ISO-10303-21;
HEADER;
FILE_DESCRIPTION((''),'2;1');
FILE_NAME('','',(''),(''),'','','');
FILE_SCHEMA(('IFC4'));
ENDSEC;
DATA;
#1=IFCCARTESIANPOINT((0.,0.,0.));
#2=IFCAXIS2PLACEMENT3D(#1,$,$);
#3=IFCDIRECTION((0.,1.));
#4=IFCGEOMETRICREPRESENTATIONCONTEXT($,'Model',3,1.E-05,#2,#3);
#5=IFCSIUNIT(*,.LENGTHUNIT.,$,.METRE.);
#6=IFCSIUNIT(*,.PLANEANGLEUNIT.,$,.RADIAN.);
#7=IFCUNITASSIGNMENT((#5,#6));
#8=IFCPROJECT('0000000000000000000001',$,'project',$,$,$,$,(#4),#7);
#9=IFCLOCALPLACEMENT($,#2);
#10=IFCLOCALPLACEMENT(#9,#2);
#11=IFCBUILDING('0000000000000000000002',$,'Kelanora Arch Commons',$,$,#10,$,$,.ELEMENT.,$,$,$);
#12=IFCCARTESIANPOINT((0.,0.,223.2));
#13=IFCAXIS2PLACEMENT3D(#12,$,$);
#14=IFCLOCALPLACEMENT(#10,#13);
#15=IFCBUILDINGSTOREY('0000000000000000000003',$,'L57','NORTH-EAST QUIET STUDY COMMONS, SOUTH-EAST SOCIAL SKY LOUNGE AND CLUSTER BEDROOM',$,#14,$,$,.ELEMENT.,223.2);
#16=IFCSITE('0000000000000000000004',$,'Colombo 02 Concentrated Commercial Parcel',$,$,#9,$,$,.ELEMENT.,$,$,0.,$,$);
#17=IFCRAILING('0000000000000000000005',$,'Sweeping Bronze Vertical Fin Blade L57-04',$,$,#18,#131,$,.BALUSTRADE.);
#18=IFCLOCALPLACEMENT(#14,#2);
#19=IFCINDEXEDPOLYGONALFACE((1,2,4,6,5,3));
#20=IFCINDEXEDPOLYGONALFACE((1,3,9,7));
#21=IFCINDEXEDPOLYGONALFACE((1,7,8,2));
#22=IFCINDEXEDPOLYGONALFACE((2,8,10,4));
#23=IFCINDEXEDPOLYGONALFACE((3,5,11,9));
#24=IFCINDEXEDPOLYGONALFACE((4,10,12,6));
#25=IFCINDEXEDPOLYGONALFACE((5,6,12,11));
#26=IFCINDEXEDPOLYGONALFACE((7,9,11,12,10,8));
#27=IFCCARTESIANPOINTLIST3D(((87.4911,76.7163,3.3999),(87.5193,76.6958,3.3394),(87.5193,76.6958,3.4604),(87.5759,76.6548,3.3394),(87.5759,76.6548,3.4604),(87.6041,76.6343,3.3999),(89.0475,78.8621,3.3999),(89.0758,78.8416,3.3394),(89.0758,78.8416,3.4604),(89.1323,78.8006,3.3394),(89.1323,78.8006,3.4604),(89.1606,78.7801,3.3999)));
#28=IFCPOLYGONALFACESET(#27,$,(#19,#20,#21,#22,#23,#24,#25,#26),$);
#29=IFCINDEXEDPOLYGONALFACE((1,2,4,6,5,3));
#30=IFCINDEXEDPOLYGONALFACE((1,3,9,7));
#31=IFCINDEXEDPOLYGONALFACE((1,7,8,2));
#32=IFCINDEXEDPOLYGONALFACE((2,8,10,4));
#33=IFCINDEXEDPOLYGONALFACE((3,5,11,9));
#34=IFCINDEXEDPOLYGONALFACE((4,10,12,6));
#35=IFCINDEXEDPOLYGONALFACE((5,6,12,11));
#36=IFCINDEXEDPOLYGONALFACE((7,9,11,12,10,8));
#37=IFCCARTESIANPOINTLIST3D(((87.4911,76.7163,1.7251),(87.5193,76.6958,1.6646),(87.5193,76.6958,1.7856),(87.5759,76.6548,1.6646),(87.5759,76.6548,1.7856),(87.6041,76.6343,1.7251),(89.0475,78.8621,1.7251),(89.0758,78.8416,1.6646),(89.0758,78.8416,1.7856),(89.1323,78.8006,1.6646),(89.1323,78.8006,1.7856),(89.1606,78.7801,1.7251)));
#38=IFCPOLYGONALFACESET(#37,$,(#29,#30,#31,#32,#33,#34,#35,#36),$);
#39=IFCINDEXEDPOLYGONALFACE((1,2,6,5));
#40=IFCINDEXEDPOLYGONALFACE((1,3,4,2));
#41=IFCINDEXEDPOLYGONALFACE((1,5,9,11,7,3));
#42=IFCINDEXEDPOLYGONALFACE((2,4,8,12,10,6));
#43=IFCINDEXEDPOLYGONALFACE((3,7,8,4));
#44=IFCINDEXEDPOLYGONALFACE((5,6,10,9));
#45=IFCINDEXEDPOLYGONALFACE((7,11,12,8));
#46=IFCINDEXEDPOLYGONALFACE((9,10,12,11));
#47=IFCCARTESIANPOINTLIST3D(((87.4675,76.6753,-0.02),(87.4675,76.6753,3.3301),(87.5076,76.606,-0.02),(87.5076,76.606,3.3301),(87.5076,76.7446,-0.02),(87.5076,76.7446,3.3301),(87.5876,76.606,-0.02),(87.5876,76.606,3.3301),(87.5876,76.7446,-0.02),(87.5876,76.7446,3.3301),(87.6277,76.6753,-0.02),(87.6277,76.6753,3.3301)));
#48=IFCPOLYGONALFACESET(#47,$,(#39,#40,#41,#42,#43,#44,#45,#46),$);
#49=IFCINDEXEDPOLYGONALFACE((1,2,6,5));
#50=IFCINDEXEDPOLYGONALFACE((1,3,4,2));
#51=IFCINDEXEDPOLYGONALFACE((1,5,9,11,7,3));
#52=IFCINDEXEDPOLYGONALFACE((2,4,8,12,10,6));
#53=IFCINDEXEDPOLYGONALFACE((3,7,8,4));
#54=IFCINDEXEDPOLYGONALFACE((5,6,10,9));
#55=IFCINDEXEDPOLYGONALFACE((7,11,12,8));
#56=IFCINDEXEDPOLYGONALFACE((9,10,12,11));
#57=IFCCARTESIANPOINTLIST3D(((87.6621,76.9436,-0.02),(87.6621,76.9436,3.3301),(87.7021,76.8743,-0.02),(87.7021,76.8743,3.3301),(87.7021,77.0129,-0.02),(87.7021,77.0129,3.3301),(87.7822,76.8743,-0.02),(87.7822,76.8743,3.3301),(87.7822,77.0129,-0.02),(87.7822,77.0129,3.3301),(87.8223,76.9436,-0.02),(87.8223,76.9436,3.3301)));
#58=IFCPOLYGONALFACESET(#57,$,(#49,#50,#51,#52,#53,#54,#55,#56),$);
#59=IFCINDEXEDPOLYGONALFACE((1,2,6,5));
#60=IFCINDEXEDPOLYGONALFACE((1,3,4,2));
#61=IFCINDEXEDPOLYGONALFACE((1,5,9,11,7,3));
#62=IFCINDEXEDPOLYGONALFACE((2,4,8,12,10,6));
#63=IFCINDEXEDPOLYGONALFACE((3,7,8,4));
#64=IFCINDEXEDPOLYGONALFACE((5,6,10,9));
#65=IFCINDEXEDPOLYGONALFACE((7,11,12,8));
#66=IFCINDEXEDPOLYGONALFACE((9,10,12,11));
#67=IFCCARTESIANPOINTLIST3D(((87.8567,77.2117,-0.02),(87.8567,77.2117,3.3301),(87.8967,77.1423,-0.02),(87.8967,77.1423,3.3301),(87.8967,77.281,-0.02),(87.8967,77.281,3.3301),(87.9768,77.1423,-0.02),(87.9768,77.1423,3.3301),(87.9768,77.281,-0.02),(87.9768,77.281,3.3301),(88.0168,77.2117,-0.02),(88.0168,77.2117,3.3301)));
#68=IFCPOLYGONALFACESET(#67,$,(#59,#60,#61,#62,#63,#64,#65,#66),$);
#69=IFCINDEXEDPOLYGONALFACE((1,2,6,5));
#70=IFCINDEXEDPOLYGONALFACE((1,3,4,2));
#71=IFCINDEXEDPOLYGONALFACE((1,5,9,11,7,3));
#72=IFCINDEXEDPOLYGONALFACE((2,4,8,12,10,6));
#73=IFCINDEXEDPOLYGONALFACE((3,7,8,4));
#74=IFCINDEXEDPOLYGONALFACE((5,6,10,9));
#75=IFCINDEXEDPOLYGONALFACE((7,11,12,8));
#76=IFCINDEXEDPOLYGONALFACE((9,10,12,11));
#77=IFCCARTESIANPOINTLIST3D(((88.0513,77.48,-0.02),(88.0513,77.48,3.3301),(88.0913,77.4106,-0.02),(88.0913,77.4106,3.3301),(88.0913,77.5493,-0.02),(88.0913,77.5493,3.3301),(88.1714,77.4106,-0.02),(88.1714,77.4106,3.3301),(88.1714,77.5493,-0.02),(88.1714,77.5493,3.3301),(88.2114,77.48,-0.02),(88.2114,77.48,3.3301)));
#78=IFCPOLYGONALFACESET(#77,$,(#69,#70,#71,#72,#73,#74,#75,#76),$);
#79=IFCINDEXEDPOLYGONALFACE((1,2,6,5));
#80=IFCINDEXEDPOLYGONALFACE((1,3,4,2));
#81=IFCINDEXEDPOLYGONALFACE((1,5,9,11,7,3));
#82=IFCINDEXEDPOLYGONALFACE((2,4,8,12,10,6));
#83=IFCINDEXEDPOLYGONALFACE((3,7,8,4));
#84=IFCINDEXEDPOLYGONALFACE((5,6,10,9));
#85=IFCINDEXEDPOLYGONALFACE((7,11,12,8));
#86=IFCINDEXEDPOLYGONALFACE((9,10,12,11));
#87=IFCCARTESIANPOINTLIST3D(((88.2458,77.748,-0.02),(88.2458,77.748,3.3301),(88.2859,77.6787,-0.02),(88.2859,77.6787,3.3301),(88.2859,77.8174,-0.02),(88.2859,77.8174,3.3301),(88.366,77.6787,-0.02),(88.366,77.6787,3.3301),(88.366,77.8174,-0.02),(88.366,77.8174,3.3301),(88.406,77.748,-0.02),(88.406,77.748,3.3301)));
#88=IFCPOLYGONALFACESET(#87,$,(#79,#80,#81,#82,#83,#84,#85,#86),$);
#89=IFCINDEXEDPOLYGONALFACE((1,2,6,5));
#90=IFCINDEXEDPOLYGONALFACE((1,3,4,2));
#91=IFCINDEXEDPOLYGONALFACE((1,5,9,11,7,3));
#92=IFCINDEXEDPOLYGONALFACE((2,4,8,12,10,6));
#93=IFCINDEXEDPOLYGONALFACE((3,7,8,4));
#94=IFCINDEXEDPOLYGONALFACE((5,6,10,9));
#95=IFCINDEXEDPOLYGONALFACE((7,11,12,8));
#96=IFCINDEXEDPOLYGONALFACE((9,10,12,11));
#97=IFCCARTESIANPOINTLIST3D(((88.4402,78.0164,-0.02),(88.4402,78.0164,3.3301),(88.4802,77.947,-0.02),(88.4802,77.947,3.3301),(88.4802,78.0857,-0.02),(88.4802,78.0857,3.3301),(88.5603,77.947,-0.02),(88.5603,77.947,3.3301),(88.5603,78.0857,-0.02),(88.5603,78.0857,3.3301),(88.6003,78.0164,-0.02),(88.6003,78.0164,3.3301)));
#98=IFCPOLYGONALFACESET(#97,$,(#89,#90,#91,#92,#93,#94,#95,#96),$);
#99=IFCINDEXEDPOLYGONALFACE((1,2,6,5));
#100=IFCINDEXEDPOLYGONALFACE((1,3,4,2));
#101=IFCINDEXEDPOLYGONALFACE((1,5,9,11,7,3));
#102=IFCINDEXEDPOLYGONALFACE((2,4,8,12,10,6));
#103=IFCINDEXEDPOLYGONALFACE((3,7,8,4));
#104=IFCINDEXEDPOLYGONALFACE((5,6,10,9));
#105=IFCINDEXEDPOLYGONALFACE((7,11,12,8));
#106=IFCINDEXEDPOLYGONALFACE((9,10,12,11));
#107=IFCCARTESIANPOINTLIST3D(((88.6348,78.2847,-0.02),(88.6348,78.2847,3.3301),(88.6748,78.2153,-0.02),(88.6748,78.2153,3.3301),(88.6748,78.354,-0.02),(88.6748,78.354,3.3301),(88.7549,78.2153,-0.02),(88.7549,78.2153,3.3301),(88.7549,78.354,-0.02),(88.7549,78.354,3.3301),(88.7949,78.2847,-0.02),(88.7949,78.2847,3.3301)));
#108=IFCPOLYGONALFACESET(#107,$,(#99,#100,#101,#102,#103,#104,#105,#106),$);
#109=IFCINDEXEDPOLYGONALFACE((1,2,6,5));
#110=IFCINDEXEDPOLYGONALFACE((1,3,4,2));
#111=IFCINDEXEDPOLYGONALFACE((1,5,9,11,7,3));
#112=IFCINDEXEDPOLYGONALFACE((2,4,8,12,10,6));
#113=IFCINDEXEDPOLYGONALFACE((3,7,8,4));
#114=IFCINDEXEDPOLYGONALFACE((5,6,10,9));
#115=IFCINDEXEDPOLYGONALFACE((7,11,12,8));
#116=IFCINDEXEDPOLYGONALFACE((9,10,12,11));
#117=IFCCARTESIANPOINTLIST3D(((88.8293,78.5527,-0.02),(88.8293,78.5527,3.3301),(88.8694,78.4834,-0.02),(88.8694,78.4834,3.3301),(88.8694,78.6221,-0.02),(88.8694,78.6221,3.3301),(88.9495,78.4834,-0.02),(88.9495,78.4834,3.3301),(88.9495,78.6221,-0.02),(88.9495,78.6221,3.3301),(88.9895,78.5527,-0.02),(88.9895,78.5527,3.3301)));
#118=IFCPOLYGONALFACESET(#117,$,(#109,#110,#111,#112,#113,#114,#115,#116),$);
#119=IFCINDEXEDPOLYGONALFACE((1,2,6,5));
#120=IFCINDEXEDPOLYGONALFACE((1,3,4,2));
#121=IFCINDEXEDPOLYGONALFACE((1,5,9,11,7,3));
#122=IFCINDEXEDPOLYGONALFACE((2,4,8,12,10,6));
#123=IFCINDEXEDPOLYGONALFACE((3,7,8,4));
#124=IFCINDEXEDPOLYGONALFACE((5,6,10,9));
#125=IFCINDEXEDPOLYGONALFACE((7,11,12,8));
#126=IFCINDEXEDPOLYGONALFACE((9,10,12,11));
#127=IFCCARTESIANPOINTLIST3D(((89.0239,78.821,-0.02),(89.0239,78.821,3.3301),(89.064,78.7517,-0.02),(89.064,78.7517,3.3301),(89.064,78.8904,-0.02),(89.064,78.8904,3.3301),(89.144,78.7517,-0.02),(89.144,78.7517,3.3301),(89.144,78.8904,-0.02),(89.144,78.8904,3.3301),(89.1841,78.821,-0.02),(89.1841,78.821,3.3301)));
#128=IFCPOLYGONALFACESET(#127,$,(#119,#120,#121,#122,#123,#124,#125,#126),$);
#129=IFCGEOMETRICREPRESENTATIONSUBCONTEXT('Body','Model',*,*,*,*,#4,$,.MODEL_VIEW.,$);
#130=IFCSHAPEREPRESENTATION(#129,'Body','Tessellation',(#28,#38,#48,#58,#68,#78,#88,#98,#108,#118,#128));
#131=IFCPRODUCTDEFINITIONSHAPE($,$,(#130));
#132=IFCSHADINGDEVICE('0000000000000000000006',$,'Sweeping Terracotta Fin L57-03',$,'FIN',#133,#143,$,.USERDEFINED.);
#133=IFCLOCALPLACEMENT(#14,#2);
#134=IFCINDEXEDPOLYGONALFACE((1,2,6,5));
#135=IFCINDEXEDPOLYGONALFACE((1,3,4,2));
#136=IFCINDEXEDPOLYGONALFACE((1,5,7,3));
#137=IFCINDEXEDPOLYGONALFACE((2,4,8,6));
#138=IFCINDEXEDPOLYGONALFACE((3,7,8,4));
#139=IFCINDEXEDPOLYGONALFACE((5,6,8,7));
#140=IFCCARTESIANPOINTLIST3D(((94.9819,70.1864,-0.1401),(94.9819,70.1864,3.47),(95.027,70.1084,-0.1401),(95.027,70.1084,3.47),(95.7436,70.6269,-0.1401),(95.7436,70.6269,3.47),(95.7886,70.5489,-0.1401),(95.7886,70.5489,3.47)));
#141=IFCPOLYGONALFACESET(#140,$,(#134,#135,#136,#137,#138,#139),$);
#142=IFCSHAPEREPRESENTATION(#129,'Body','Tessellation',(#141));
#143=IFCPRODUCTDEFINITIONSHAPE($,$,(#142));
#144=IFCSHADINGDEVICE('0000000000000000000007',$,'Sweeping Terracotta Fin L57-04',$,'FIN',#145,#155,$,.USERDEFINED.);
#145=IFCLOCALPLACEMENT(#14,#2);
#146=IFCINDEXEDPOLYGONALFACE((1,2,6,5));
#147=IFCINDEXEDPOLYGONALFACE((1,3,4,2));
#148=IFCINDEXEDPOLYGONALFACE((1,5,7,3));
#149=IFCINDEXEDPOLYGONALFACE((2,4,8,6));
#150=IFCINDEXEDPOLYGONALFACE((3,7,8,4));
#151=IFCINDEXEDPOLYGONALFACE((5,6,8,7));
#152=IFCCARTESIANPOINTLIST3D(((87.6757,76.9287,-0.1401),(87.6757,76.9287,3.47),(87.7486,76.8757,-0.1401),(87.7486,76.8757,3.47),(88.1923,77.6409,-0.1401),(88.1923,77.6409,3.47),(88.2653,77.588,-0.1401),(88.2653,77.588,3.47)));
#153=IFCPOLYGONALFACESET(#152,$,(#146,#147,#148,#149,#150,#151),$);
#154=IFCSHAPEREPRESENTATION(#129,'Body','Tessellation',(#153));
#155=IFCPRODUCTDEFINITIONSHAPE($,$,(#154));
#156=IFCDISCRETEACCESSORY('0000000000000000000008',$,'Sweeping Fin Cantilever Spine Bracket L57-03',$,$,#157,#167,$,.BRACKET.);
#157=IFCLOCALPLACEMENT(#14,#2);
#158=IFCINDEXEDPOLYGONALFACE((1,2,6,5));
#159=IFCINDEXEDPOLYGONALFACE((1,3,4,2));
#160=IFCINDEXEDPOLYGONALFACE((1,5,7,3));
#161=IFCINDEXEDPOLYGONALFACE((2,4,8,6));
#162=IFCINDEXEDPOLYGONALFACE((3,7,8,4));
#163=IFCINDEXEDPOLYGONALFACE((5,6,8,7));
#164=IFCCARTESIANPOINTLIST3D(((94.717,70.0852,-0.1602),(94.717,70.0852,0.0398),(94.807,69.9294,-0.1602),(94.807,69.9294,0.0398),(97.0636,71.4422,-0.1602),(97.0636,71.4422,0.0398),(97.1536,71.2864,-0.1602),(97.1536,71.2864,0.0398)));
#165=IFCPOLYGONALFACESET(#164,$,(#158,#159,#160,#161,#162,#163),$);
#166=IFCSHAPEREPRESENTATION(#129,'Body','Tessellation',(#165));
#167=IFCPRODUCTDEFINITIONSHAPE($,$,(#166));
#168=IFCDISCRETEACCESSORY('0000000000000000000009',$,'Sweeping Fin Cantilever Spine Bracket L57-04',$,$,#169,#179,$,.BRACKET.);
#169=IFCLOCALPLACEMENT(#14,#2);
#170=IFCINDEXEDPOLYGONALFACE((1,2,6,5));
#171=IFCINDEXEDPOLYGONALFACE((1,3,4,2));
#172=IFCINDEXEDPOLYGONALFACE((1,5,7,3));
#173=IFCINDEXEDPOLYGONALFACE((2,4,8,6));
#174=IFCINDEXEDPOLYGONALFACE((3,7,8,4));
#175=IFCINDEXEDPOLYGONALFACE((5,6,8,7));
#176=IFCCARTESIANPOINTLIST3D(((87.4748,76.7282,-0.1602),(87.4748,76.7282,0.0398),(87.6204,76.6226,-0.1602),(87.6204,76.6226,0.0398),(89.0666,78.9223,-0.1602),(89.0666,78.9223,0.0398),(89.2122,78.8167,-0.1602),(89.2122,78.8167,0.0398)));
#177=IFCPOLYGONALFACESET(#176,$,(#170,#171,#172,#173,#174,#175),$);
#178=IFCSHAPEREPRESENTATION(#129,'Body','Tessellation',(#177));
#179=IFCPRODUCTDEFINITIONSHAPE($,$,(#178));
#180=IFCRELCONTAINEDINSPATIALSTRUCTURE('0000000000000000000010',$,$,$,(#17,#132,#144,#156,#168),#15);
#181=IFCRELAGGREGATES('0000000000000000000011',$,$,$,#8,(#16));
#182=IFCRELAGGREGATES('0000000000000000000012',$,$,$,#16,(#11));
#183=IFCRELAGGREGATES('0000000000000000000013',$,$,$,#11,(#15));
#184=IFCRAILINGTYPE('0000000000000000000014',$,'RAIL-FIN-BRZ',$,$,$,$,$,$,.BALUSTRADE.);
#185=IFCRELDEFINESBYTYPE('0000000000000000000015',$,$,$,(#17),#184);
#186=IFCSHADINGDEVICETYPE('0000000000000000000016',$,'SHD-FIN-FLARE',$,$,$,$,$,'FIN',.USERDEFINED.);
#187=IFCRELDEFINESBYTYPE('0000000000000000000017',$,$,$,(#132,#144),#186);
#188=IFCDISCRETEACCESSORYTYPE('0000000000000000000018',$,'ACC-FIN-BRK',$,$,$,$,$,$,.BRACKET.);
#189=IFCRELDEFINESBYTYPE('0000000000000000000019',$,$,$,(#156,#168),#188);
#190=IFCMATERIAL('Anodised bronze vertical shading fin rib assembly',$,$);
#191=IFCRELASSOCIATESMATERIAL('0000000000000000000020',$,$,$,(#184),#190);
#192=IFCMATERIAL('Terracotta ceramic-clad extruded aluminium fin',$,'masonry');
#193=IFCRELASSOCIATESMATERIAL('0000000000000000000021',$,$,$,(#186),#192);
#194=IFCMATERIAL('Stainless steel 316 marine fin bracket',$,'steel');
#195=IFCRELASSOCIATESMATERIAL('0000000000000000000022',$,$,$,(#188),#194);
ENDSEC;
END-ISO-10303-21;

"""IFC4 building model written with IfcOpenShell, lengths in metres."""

from ifc_helpers import new_model, si_unit, direction, frame, origin, origin_2d, place, context, subcontext, project, spatial, polyline, rectangle, outline, extrude, source, transform, mapped, material, type_object, element, save


model = new_model("IFC4")

# Units and contexts
model_context = context("Model", 3, precision=1e-05, world=origin(), true_north=direction((0.0, 1.0)))
body_context = subcontext(model_context, "Body", "Model", "MODEL_VIEW")
ifc_project = project(units=[si_unit("LENGTHUNIT", "METRE"), si_unit("PLANEANGLEUNIT", "RADIAN")], contexts=[model_context])

# Site, building, storey
site_placement = place(None, origin())
site = spatial("IfcSite", under=ifc_project, at=site_placement, Name="Colombo 02 Concentrated Commercial Parcel", CompositionType="ELEMENT", RefElevation=0.0)
building_placement = place(site_placement, origin())
building = spatial("IfcBuilding", under=site, at=building_placement, Name="Kelanora Arch Commons", CompositionType="ELEMENT")
storey_placement = place(building_placement, frame((0.0, 0.0, 223.2)))
storey = spatial("IfcBuildingStorey", under=building, at=storey_placement, Name="L57", Description="NORTH-EAST QUIET STUDY COMMONS, SOUTH-EAST SOCIAL SKY LOUNGE AND CLUSTER BEDROOM", CompositionType="ELEMENT", Elevation=223.2)

# Railing
ifc_material_1 = material(Name="Anodised bronze vertical shading fin rib assembly")
railing_type = type_object("IfcRailingType", Name="RAIL-FIN-BRZ", PredefinedType="BALUSTRADE", material=ifc_material_1)
railing_1_placement = place(storey_placement, frame((87.5476, 76.6753, -0.02)))
element("IfcRailing", 1, at=railing_1_placement, inside=storey, type_object=railing_type, Name="Sweeping Bronze Vertical Fin Blade L57-04", PredefinedType="BALUSTRADE", context=body_context, shape_type="SweptSolid", body=[
    extrude(outline(polyline([(0.0698, 0.0), (0.0349, 0.0605), (-0.0349, 0.0605), (-0.0698, 0.0), (-0.0349, -0.0605), (0.0349, -0.0605), (0.0698, 0.0)])), frame((0.0, 0.0, 3.4199), z_axis=(0.587147, 0.80948, 0.0), x_axis=(-0.80948, 0.587147, 0.0)), (0.0, 0.0, 1.0), 2.6509),
    extrude(outline(polyline([(0.0698, 0.0), (0.0349, 0.0605), (-0.0349, 0.0605), (-0.0698, 0.0), (-0.0349, -0.0605), (0.0349, -0.0605), (0.0698, 0.0)])), frame((0.0, 0.0, 1.7451), z_axis=(0.587147, 0.80948, 0.0), x_axis=(-0.80948, 0.587147, 0.0)), (0.0, 0.0, 1.0), 2.6509),
    extrude(outline(polyline([(0.0801, 0.0), (0.04, 0.0693), (-0.04, 0.0693), (-0.0801, 0.0), (-0.04, -0.0693), (0.04, -0.0693), (0.0801, 0.0)])), origin(), (0.0, 0.0, 1.0), 3.3501),
    extrude(outline(polyline([(0.0801, 0.0), (0.04, 0.0693), (-0.04, 0.0693), (-0.0801, 0.0), (-0.04, -0.0693), (0.04, -0.0693), (0.0801, 0.0)])), frame((0.1946, 0.2683, 0.0)), (0.0, 0.0, 1.0), 3.3501),
    extrude(outline(polyline([(0.0801, 0.0), (0.04, 0.0693), (-0.04, 0.0693), (-0.0801, 0.0), (-0.04, -0.0693), (0.04, -0.0693), (0.0801, 0.0)])), frame((0.3892, 0.5364, 0.0)), (0.0, 0.0, 1.0), 3.3501),
    extrude(outline(polyline([(0.0801, 0.0), (0.04, 0.0693), (-0.04, 0.0693), (-0.0801, 0.0), (-0.04, -0.0693), (0.04, -0.0693), (0.0801, 0.0)])), frame((0.5837, 0.8047, 0.0)), (0.0, 0.0, 1.0), 3.3501),
    extrude(outline(polyline([(0.0801, 0.0), (0.04, 0.0693), (-0.04, 0.0693), (-0.0801, 0.0), (-0.04, -0.0693), (0.04, -0.0693), (0.0801, 0.0)])), frame((0.7783, 1.0728, 0.0)), (0.0, 0.0, 1.0), 3.3501),
    extrude(outline(polyline([(0.0801, 0.0), (0.04, 0.0693), (-0.04, 0.0693), (-0.0801, 0.0), (-0.04, -0.0693), (0.04, -0.0693), (0.0801, 0.0)])), frame((0.9727, 1.3411, 0.0)), (0.0, 0.0, 1.0), 3.3501),
    extrude(outline(polyline([(0.0801, 0.0), (0.04, 0.0693), (-0.04, 0.0693), (-0.0801, 0.0), (-0.04, -0.0693), (0.04, -0.0693), (0.0801, 0.0)])), frame((1.1672, 1.6094, 0.0)), (0.0, 0.0, 1.0), 3.3501),
    extrude(outline(polyline([(0.0801, 0.0), (0.04, 0.0693), (-0.04, 0.0693), (-0.0801, 0.0), (-0.04, -0.0693), (0.04, -0.0693), (0.0801, 0.0)])), frame((1.3618, 1.8774, 0.0)), (0.0, 0.0, 1.0), 3.3501),
    extrude(outline(polyline([(0.0801, 0.0), (0.04, 0.0693), (-0.04, 0.0693), (-0.0801, 0.0), (-0.04, -0.0693), (0.04, -0.0693), (0.0801, 0.0)])), frame((1.5564, 2.1458, 0.0)), (0.0, 0.0, 1.0), 3.3501),
])

# Shading devices
ifc_material_2 = material(Name="Terracotta ceramic-clad extruded aluminium fin", Category="masonry")
shading_device_type = type_object("IfcShadingDeviceType", Name="SHD-FIN-FLARE", ElementType="FIN", PredefinedType="USERDEFINED", material=ifc_material_2)
shared_shape_1 = source(origin(), body_context, "Body", "SweptSolid", [
    extrude(rectangle(XDim=0.8799, YDim=0.0901, at=origin_2d()), origin(), (0.0, 0.0, 1.0), 3.6101),
])
for number, where, z_axis, x_axis, name in (
    (2, (95.3853, 70.3677, -0.1401), (0.0, 0.0, 1.0), (0.865676, 0.500604, 0.0), "Sweeping Terracotta Fin L57-03"),
    (3, (87.9705, 77.2583, -0.1401), (0.0, 0.0, 1.0), (0.58722, 0.809427, 0.0), "Sweeping Terracotta Fin L57-04"),
):
    element("IfcShadingDevice", number, at=place(storey_placement, frame(where, z_axis=z_axis, x_axis=x_axis)), inside=storey, type_object=shading_device_type, Name=name, ObjectType="FIN", PredefinedType="USERDEFINED", context=body_context, shape_type="MappedRepresentation", body=[
        mapped(shared_shape_1, transform((0.0, 0.0, 0.0), scale=1.0)),
    ])

# Discrete accessories
ifc_material_3 = material(Name="Stainless steel 316 marine fin bracket", Category="steel")
discrete_accessory_type = type_object("IfcDiscreteAccessoryType", Name="ACC-FIN-BRK", PredefinedType="BRACKET", material=ifc_material_3)
shared_shape_2 = source(origin(), body_context, "Body", "SweptSolid", [
    extrude(rectangle(XDim=2.7107, YDim=0.1799, at=origin_2d()), origin(), (0.0, 0.0, 1.0), 0.2),
])
for number, where, z_axis, x_axis, name in (
    (4, (95.9353, 70.6858, -0.1602), (0.0, 0.0, 1.0), (0.865676, 0.500604, 0.0), "Sweeping Fin Cantilever Spine Bracket L57-03"),
    (5, (88.3435, 77.7725, -0.1602), (0.0, 0.0, 1.0), (0.58722, 0.809427, 0.0), "Sweeping Fin Cantilever Spine Bracket L57-04"),
):
    element("IfcDiscreteAccessory", number, at=place(storey_placement, frame(where, z_axis=z_axis, x_axis=x_axis)), inside=storey, type_object=discrete_accessory_type, Name=name, PredefinedType="BRACKET", context=body_context, shape_type="MappedRepresentation", body=[
        mapped(shared_shape_2, transform((0.0, 0.0, 0.0), scale=1.0)),
    ])

save(model, "model.ifc")
